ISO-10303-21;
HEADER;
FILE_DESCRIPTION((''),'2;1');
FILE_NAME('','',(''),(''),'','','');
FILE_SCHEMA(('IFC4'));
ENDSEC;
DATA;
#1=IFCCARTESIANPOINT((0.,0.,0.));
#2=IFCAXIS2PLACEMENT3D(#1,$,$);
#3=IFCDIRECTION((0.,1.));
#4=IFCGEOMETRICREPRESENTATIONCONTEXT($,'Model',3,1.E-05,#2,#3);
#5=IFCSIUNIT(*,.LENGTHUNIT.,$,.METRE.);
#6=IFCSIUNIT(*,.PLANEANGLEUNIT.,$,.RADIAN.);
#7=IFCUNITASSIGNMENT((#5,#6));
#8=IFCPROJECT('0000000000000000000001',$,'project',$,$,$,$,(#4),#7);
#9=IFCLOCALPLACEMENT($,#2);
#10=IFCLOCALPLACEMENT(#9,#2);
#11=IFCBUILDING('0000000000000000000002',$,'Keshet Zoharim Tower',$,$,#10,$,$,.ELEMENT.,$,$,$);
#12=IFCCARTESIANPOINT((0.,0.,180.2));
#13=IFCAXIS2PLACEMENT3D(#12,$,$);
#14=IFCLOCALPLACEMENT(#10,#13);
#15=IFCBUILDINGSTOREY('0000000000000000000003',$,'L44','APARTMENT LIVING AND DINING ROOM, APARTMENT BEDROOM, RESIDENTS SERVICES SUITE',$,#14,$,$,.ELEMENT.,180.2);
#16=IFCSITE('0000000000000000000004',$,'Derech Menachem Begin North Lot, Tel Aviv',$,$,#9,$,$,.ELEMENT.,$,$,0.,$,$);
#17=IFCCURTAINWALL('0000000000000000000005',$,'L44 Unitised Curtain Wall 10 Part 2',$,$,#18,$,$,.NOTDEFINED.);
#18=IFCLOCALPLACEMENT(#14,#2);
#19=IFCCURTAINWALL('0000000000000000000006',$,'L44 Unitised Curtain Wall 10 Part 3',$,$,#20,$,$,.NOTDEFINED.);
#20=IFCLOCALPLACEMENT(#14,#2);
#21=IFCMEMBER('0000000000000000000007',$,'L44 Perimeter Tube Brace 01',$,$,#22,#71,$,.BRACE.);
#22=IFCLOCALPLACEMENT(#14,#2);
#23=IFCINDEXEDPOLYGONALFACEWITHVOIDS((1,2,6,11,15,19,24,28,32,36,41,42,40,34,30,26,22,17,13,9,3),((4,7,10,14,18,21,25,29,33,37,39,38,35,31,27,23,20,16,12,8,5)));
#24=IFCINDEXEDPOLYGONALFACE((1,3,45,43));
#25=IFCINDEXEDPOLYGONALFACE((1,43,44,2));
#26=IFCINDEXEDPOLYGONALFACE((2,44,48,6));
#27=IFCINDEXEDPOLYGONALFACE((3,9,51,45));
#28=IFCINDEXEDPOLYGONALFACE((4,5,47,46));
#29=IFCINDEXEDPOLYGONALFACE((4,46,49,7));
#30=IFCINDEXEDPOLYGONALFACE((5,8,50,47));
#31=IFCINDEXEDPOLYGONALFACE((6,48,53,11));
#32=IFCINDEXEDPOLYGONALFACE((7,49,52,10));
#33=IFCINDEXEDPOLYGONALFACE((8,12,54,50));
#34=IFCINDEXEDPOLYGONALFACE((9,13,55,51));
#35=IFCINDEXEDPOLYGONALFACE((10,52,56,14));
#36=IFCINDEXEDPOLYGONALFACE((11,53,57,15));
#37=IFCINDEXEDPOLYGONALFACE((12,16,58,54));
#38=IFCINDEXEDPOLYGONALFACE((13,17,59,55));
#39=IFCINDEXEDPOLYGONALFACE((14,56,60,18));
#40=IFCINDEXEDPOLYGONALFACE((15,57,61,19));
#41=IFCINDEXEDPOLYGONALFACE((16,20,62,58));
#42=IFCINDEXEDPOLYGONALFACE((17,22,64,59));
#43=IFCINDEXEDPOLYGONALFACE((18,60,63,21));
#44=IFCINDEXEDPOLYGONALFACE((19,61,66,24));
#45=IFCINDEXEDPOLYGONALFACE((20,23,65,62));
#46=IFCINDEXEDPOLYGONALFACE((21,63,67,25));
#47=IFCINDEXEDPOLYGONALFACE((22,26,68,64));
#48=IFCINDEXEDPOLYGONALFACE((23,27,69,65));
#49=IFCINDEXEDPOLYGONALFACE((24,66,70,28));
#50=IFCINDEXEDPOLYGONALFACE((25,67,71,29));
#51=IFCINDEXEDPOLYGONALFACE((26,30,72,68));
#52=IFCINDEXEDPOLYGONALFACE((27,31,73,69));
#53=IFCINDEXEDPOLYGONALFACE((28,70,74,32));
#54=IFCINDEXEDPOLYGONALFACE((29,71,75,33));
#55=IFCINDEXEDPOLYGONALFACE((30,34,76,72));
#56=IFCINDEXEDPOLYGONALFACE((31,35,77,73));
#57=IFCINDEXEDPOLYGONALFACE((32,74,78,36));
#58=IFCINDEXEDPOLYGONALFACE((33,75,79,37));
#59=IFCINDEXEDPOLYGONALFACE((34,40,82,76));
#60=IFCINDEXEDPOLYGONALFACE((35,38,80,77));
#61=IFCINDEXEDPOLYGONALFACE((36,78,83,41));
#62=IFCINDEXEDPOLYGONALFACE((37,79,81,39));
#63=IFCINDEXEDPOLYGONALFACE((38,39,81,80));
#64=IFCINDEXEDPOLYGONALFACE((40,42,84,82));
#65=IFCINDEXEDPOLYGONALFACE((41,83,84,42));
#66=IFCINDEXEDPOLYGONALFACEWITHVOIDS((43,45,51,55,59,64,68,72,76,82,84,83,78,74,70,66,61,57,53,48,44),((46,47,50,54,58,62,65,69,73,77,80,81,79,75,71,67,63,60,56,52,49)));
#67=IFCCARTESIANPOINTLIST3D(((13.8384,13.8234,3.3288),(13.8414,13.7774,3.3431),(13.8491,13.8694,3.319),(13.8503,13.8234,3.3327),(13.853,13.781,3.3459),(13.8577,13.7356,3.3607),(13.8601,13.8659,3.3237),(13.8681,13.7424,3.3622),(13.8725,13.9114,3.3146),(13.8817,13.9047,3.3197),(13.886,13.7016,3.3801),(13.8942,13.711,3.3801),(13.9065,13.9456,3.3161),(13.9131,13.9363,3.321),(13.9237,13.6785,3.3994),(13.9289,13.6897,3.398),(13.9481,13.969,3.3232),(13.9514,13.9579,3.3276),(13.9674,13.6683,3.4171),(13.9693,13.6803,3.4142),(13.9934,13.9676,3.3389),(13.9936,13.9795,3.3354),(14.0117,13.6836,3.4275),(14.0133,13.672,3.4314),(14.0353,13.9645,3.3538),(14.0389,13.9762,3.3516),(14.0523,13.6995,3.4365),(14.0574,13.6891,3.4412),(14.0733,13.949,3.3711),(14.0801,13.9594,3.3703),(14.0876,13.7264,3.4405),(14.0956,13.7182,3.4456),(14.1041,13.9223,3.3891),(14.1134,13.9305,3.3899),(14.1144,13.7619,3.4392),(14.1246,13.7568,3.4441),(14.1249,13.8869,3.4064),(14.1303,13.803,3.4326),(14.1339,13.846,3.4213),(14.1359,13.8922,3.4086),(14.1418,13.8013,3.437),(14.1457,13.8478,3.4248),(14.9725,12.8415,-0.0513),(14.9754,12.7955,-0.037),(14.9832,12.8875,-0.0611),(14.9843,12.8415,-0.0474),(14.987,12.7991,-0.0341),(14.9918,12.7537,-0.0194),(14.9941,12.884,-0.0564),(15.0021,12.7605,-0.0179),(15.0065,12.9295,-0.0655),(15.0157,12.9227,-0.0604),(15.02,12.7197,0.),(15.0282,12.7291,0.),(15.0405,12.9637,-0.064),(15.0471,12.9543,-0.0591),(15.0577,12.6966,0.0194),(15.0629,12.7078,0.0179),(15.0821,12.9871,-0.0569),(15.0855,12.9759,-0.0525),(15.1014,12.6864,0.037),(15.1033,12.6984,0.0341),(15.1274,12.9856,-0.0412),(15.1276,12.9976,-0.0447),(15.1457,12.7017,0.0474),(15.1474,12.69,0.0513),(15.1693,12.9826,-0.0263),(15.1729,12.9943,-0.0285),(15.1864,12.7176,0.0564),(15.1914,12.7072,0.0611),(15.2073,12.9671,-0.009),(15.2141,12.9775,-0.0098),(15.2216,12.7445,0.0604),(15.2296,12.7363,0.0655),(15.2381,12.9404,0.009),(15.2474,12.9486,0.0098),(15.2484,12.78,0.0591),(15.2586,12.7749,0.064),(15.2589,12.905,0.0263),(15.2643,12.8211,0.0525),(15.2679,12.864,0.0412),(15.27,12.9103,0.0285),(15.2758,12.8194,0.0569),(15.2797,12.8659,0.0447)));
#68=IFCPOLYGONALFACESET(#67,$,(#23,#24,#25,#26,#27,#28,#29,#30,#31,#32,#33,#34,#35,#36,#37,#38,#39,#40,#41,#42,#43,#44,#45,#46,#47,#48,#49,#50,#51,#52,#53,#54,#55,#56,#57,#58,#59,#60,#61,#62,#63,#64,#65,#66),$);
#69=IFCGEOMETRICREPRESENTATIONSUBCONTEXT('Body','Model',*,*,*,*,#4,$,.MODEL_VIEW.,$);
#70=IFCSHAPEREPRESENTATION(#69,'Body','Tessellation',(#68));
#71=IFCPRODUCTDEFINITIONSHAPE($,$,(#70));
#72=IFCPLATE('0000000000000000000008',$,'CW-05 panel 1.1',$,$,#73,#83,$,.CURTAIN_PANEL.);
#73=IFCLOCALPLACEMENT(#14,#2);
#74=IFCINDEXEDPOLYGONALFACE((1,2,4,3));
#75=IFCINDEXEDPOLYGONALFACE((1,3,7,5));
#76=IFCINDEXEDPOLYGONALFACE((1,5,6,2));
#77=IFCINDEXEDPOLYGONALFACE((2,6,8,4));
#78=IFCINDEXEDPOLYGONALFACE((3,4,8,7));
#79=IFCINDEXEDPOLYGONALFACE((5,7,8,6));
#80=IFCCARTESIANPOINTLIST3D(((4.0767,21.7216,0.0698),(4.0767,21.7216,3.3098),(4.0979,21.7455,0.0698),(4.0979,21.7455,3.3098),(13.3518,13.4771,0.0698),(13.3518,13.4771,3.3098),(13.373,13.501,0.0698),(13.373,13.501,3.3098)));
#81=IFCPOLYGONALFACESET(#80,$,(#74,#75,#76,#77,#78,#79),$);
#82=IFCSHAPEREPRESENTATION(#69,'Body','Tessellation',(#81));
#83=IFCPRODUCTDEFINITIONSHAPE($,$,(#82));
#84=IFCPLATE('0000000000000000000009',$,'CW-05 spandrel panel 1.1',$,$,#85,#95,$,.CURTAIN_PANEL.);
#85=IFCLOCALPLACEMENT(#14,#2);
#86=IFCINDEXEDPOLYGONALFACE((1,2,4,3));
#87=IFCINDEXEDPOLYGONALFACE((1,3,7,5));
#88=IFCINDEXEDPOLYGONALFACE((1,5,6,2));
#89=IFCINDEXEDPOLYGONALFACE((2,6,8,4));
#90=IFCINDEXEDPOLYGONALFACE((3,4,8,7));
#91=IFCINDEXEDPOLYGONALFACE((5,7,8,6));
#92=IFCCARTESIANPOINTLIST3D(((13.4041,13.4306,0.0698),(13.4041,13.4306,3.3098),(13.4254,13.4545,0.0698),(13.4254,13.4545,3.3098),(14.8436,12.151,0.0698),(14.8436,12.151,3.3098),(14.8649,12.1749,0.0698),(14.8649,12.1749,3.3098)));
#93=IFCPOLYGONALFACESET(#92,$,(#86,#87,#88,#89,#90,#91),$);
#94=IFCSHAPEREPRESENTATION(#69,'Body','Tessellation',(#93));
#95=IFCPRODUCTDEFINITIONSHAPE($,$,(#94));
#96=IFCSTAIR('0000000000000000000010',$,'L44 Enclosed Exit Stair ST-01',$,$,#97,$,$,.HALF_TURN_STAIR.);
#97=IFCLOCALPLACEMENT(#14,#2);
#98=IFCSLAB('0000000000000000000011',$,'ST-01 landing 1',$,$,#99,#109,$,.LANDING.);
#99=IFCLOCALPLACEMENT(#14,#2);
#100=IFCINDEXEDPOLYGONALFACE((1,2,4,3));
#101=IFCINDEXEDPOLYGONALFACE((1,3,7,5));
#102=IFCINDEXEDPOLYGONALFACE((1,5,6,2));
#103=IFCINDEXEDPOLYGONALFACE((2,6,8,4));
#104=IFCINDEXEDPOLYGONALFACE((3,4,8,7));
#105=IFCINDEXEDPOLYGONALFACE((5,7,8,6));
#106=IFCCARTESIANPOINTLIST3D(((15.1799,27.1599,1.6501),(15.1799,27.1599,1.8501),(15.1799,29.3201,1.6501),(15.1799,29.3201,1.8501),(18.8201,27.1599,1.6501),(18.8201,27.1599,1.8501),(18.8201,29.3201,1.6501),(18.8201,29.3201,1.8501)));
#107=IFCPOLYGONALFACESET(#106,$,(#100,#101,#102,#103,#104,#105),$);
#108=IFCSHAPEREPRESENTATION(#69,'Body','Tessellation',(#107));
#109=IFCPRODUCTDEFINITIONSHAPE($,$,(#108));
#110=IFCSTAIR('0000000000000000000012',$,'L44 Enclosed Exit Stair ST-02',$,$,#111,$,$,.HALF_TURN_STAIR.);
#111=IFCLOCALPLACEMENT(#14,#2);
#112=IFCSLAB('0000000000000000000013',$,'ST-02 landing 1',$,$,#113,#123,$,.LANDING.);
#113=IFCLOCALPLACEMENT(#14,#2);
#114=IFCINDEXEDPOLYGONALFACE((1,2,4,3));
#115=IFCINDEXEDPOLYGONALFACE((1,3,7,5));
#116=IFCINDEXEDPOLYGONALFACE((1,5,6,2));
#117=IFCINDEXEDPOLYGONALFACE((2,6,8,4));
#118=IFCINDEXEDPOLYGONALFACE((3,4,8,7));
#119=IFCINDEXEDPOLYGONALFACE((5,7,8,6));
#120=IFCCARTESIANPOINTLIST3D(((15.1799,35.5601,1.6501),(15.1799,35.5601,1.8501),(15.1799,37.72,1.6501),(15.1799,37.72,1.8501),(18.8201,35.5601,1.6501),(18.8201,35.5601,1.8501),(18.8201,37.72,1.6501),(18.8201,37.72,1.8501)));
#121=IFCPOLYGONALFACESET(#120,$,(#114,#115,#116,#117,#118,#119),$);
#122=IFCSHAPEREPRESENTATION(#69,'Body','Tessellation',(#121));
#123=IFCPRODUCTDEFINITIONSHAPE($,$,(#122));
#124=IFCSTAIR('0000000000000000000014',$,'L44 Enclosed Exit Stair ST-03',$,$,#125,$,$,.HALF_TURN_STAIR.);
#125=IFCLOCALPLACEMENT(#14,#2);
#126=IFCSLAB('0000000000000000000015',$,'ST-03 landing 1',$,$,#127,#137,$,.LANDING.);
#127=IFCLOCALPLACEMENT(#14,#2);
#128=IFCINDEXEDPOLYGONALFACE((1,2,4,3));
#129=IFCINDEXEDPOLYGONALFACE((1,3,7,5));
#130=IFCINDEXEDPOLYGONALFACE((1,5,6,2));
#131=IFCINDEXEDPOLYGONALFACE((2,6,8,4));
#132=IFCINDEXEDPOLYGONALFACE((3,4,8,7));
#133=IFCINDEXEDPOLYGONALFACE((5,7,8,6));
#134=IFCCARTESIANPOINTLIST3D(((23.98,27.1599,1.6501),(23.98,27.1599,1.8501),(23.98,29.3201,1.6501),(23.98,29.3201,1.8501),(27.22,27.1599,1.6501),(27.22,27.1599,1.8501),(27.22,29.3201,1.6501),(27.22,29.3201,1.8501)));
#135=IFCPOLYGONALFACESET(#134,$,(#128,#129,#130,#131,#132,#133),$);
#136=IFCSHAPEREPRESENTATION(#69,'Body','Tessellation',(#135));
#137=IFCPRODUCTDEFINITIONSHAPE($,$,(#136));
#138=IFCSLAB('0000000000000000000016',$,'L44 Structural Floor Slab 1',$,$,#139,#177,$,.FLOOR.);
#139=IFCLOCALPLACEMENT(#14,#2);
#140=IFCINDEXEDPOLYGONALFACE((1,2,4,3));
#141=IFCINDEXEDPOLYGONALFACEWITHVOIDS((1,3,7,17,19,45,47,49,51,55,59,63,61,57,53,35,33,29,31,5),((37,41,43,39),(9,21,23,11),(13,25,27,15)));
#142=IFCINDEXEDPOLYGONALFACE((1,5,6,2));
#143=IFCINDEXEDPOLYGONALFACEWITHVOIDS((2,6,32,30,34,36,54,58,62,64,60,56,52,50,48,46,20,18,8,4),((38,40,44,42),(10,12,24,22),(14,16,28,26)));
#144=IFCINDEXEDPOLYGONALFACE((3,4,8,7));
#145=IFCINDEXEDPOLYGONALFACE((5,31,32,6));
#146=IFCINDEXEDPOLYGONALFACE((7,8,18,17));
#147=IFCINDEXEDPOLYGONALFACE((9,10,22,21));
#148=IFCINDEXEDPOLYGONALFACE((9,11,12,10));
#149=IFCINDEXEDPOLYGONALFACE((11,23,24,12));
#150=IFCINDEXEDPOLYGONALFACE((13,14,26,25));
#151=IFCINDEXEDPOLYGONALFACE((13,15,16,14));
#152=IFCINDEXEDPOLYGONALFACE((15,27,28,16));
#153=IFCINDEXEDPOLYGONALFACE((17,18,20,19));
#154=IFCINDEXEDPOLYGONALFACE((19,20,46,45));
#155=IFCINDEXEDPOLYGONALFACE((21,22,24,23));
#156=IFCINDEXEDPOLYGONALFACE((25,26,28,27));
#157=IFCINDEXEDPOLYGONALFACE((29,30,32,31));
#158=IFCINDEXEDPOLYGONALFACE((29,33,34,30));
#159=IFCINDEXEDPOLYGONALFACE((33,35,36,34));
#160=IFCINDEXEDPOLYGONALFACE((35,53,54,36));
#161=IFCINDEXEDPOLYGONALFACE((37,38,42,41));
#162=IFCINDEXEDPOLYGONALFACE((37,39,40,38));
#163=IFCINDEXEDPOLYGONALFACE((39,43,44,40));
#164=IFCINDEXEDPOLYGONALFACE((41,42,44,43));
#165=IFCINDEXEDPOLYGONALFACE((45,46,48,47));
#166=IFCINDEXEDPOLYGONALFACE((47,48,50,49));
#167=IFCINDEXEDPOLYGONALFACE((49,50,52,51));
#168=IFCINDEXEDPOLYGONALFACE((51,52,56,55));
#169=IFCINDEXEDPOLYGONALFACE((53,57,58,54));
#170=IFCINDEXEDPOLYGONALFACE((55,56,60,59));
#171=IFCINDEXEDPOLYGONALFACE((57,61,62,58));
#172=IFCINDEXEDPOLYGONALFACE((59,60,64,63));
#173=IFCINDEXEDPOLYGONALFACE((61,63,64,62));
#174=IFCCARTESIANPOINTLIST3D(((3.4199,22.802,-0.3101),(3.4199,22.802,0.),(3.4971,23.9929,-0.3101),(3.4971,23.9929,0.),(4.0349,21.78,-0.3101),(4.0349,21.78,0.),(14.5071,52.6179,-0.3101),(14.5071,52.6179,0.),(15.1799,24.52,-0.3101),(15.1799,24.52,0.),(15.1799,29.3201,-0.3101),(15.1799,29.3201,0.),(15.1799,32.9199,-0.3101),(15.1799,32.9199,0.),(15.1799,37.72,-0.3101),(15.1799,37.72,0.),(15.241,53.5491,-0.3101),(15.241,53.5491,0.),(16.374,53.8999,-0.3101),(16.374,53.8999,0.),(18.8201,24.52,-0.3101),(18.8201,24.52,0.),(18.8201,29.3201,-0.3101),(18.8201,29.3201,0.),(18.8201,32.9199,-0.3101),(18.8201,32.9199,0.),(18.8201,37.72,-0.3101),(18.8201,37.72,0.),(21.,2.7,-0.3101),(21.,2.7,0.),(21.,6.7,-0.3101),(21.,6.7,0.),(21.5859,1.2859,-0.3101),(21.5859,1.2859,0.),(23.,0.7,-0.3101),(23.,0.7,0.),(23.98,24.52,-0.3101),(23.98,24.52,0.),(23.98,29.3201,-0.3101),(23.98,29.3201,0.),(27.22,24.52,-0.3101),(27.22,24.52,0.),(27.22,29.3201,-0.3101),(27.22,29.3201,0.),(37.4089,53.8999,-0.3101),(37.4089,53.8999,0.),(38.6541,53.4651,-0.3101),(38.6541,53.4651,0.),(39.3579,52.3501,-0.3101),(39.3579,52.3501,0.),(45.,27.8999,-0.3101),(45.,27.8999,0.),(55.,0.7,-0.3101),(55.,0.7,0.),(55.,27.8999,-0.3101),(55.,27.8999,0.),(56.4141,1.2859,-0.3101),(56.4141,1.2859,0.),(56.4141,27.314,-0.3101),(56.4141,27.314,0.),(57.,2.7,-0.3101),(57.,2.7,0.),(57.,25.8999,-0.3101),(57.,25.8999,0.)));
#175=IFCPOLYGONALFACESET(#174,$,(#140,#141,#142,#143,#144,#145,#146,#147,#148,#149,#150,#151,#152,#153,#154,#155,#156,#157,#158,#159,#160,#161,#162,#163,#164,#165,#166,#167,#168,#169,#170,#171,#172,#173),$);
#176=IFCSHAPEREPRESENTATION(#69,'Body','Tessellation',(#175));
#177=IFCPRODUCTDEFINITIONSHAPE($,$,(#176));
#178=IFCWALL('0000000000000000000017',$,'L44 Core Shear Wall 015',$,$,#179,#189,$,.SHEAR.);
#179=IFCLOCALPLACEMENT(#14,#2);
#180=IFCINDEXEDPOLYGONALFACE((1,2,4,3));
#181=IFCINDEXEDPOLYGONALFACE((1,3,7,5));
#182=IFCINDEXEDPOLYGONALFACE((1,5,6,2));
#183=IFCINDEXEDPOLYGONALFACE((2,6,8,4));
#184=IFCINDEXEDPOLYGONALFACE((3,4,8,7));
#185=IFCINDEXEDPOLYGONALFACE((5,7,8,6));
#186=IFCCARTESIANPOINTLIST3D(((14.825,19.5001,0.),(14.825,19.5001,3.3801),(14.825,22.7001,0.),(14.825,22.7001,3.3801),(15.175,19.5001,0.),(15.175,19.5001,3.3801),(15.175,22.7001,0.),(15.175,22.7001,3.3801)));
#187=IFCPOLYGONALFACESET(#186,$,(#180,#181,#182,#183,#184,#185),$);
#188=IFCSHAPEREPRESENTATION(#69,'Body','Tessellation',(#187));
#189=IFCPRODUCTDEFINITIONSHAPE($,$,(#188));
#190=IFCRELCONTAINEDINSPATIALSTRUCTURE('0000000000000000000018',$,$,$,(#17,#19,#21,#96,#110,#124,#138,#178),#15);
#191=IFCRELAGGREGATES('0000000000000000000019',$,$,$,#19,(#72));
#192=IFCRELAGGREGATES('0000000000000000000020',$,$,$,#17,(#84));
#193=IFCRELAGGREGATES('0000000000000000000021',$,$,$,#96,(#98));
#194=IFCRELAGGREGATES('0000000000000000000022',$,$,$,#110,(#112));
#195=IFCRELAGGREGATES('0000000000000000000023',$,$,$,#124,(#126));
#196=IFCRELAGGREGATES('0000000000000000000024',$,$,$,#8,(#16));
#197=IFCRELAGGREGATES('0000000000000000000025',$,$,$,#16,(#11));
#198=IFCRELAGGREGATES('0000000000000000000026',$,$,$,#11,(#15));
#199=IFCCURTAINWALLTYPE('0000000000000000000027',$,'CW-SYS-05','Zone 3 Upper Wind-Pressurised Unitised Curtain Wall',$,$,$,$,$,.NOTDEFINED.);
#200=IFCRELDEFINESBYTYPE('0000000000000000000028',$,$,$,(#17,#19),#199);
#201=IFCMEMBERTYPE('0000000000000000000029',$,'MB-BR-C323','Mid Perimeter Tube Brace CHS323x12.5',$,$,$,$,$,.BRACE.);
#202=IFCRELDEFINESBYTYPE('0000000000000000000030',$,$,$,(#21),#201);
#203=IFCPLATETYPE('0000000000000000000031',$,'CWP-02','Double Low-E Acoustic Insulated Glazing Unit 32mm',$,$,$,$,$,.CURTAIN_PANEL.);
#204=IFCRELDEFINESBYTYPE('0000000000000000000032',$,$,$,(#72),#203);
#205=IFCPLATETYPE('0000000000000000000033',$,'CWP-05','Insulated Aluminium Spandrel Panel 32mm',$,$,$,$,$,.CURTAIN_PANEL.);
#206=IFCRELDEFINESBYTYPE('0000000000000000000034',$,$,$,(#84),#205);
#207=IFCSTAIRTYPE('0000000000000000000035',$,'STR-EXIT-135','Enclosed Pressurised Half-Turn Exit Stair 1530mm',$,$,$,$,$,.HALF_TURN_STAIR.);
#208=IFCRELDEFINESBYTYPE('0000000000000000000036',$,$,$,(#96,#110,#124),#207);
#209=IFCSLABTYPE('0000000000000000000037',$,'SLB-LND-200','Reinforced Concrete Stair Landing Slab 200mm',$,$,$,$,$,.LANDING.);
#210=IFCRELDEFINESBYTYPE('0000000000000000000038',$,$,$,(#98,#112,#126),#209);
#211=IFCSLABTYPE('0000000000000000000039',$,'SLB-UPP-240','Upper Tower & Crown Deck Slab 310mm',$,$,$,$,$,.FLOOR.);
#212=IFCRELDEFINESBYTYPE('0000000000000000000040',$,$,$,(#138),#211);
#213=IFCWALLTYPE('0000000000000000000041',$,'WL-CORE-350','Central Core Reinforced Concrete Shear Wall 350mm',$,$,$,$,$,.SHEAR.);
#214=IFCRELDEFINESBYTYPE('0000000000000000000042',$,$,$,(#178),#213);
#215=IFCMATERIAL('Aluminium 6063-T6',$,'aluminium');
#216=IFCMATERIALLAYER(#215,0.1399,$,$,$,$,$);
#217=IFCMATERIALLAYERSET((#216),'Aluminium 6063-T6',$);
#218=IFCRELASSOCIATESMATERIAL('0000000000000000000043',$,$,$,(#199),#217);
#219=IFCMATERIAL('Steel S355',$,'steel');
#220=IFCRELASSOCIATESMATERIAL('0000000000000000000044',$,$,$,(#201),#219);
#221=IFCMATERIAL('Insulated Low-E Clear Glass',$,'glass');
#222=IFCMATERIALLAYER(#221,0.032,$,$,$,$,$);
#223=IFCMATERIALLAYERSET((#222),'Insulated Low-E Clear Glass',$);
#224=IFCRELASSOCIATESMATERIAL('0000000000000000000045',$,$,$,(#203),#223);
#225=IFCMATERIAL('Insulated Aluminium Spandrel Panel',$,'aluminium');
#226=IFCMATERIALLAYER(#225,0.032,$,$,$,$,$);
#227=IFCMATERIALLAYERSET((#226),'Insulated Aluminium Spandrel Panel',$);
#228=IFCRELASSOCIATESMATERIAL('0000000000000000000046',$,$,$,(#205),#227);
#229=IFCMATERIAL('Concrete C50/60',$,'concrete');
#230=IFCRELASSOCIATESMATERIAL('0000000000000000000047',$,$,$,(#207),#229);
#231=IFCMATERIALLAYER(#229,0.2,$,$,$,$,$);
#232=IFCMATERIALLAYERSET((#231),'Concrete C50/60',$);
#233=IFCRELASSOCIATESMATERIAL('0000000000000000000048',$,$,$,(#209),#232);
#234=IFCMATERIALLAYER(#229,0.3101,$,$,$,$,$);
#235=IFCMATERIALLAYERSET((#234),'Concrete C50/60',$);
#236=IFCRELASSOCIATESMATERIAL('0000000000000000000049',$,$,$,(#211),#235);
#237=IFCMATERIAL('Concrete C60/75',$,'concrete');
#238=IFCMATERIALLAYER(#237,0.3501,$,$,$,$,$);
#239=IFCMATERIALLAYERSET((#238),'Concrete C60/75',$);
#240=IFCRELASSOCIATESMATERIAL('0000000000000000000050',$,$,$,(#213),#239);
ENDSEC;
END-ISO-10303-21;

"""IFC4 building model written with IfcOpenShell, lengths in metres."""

from ifc_helpers import new_model, si_unit, direction, frame, frame_2d, origin, origin_2d, place, context, subcontext, project, spatial, polyline, rectangle, hollow_circle, outline, extrude, material, layer, layer_set, material_profile, profile_set, type_object, element, aggregate, save


model = new_model("IFC4")

# Units and contexts
model_context = context("Model", 3, precision=1e-05, world=origin(), true_north=direction((0.0, 1.0)))
body_context = subcontext(model_context, "Body", "Model", "MODEL_VIEW")
ifc_project = project(units=[si_unit("LENGTHUNIT", "METRE"), si_unit("PLANEANGLEUNIT", "RADIAN")], contexts=[model_context])

# Site, building, storey
site_placement = place(None, origin())
site = spatial("IfcSite", under=ifc_project, at=site_placement, Name="Derech Menachem Begin North Lot, Tel Aviv", CompositionType="ELEMENT", RefElevation=0.0)
building_placement = place(site_placement, origin())
building = spatial("IfcBuilding", under=site, at=building_placement, Name="Keshet Zoharim Tower", CompositionType="ELEMENT")
storey_placement = place(building_placement, frame((0.0, 0.0, 180.2)))
storey = spatial("IfcBuildingStorey", under=building, at=storey_placement, Name="L44", Description="APARTMENT LIVING AND DINING ROOM, APARTMENT BEDROOM, RESIDENTS SERVICES SUITE", CompositionType="ELEMENT", Elevation=180.2)

# Shared definitions
ifc_material_1 = material(Name="Steel S355", Category="steel")
ifc_material_2 = material(Name="Concrete C60/75", Category="concrete")

# Shared definitions
ifc_material_3 = material(Name="Concrete C50/60", Category="concrete")

# Shared definitions
ifc_material_4 = material(Name="Aluminium 6063-T6", Category="aluminium")
ifc_layer_1 = layer(ifc_material_4, 0.1399)
ifc_layer_set_1 = layer_set([ifc_layer_1], Name="Aluminium 6063-T6")
curtain_wall_type = type_object("IfcCurtainWallType", Name="CW-SYS-05", Description="Zone 3 Upper Wind-Pressurised Unitised Curtain Wall", PredefinedType="NOTDEFINED", material=ifc_layer_set_1)

# Curtain walls
curtain_wall_1_placement = place(storey_placement, origin())
curtain_wall_1 = element("IfcCurtainWall", 1, at=curtain_wall_1_placement, inside=storey, type_object=curtain_wall_type, Name="L44 Unitised Curtain Wall 10 Part 2", PredefinedType="NOTDEFINED")
curtain_wall_2_placement = place(storey_placement, origin())
curtain_wall_2 = element("IfcCurtainWall", 2, at=curtain_wall_2_placement, inside=storey, type_object=curtain_wall_type, Name="L44 Unitised Curtain Wall 10 Part 3", PredefinedType="NOTDEFINED")

# Member
ifc_material_profile_1 = material_profile(ifc_material_1, hollow_circle(Radius=0.1619, WallThickness=0.0125, at=origin_2d()), Name="CHS323x12.5")
ifc_profile_set_1 = profile_set([ifc_material_profile_1], Name="Steel S355")
member_type_1 = type_object("IfcMemberType", Name="MB-BR-C323", Description="Mid Perimeter Tube Brace CHS323x12.5", PredefinedType="BRACE", material=ifc_profile_set_1)
member_1_placement = place(storey_placement, frame((15.126, 12.842, 0.0), z_axis=(-0.306658, 0.265528, 0.914033), x_axis=(-0.65459, -0.755984, 0.0)))
element("IfcMember", 3, at=member_1_placement, inside=storey, type_object=member_type_1, Name="L44 Perimeter Tube Brace 01", PredefinedType="BRACE", context=body_context, shape_type="SweptSolid", body=[
    extrude(hollow_circle(Radius=0.1619, WallThickness=0.0125, at=origin_2d()), origin(), (0.0, 0.0, 1.0), 3.698),
])

# Plates
ifc_material_5 = material(Name="Insulated Low-E Clear Glass", Category="glass")
ifc_layer_2 = layer(ifc_material_5, 0.032)
ifc_layer_set_2 = layer_set([ifc_layer_2], Name="Insulated Low-E Clear Glass")
plate_type_1 = type_object("IfcPlateType", Name="CWP-02", Description="Double Low-E Acoustic Insulated Glazing Unit 32mm", PredefinedType="CURTAIN_PANEL", material=ifc_layer_set_2)
plate_1_placement = place(storey_placement, frame((8.7249, 17.6113, 0.0698), z_axis=(0.0, 0.0, 1.0), x_axis=(-0.74741, 0.664363, 0.0)))
plate_1 = element("IfcPlate", 4, at=plate_1_placement, type_object=plate_type_1, Name="CW-05 panel 1.1", PredefinedType="CURTAIN_PANEL", context=body_context, shape_type="SweptSolid", body=[
    extrude(rectangle(XDim=12.4097, YDim=0.032, at=origin_2d()), origin(), (0.0, 0.0, 1.0), 3.24),
])
aggregate(curtain_wall_2, [plate_1])
ifc_material_6 = material(Name="Insulated Aluminium Spandrel Panel", Category="aluminium")
ifc_layer_3 = layer(ifc_material_6, 0.032)
ifc_layer_set_3 = layer_set([ifc_layer_3], Name="Insulated Aluminium Spandrel Panel")
plate_type_2 = type_object("IfcPlateType", Name="CWP-05", Description="Insulated Aluminium Spandrel Panel 32mm", PredefinedType="CURTAIN_PANEL", material=ifc_layer_set_3)
plate_2_placement = place(storey_placement, frame((14.1345, 12.8027, 0.0698), z_axis=(0.0, 0.0, 1.0), x_axis=(-0.747395, 0.664379, 0.0)))
plate_2 = element("IfcPlate", 5, at=plate_2_placement, type_object=plate_type_2, Name="CW-05 spandrel panel 1.1", PredefinedType="CURTAIN_PANEL", context=body_context, shape_type="SweptSolid", body=[
    extrude(rectangle(XDim=1.926, YDim=0.032, at=origin_2d()), origin(), (0.0, 0.0, 1.0), 3.24),
])
aggregate(curtain_wall_1, [plate_2])

# Stairs, slabs
stair_type = type_object("IfcStairType", Name="STR-EXIT-135", Description="Enclosed Pressurised Half-Turn Exit Stair 1530mm", PredefinedType="HALF_TURN_STAIR", material=ifc_material_3)
stair_1_placement = place(storey_placement, origin())
stair_1 = element("IfcStair", 6, at=stair_1_placement, inside=storey, type_object=stair_type, Name="L44 Enclosed Exit Stair ST-01", PredefinedType="HALF_TURN_STAIR")
ifc_layer_4 = layer(ifc_material_3, 0.2)
ifc_layer_set_4 = layer_set([ifc_layer_4], Name="Concrete C50/60")
slab_type_1 = type_object("IfcSlabType", Name="SLB-LND-200", Description="Reinforced Concrete Stair Landing Slab 200mm", PredefinedType="LANDING", material=ifc_layer_set_4)
slab_1_placement = place(storey_placement, frame((0.0, 0.0, 1.6501)))
slab_1 = element("IfcSlab", 7, at=slab_1_placement, type_object=slab_type_1, Name="ST-01 landing 1", PredefinedType="LANDING", context=body_context, shape_type="SweptSolid", body=[
    extrude(outline(polyline([(15.1799, 27.1599), (18.8201, 27.1599), (18.8201, 29.3201), (15.1799, 29.3201), (15.1799, 27.1599)])), origin(), (0.0, 0.0, 1.0), 0.2),
])
aggregate(stair_1, [slab_1])
stair_2_placement = place(storey_placement, origin())
stair_2 = element("IfcStair", 8, at=stair_2_placement, inside=storey, type_object=stair_type, Name="L44 Enclosed Exit Stair ST-02", PredefinedType="HALF_TURN_STAIR")
slab_2_placement = place(storey_placement, frame((0.0, 0.0, 1.6501)))
slab_2 = element("IfcSlab", 9, at=slab_2_placement, type_object=slab_type_1, Name="ST-02 landing 1", PredefinedType="LANDING", context=body_context, shape_type="SweptSolid", body=[
    extrude(outline(polyline([(15.1799, 35.5601), (18.8201, 35.5601), (18.8201, 37.72), (15.1799, 37.72), (15.1799, 35.5601)])), origin(), (0.0, 0.0, 1.0), 0.2),
])
aggregate(stair_2, [slab_2])
stair_3_placement = place(storey_placement, origin())
stair_3 = element("IfcStair", 10, at=stair_3_placement, inside=storey, type_object=stair_type, Name="L44 Enclosed Exit Stair ST-03", PredefinedType="HALF_TURN_STAIR")
slab_3_placement = place(storey_placement, frame((0.0, 0.0, 1.6501)))
slab_3 = element("IfcSlab", 11, at=slab_3_placement, type_object=slab_type_1, Name="ST-03 landing 1", PredefinedType="LANDING", context=body_context, shape_type="SweptSolid", body=[
    extrude(outline(polyline([(23.98, 27.1599), (27.22, 27.1599), (27.22, 29.3201), (23.98, 29.3201), (23.98, 27.1599)])), origin(), (0.0, 0.0, 1.0), 0.2),
])
aggregate(stair_3, [slab_3])

# Slab
ifc_layer_5 = layer(ifc_material_3, 0.3101)
ifc_layer_set_5 = layer_set([ifc_layer_5], Name="Concrete C50/60")
slab_type_2 = type_object("IfcSlabType", Name="SLB-UPP-240", Description="Upper Tower & Crown Deck Slab 310mm", PredefinedType="FLOOR", material=ifc_layer_set_5)
slab_4_placement = place(storey_placement, frame((0.0, 0.0, -0.3101)))
element("IfcSlab", 12, at=slab_4_placement, inside=storey, type_object=slab_type_2, Name="L44 Structural Floor Slab 1", PredefinedType="FLOOR", context=body_context, shape_type="SweptSolid", body=[
    extrude(outline(polyline([(55.0, 27.8999), (56.4141, 27.314), (57.0, 25.8999), (57.0, 2.7), (56.4141, 1.2859), (55.0, 0.7), (23.0, 0.7), (21.5859, 1.2859), (21.0, 2.7), (21.0, 6.7), (4.0349, 21.78), (3.4199, 22.802), (3.4971, 23.9929), (14.5071, 52.6179), (15.241, 53.5491), (16.374, 53.8999), (37.4089, 53.8999), (38.6541, 53.4651), (39.3579, 52.3501), (45.0, 27.8999), (55.0, 27.8999)]), holes=[polyline([(15.1799, 24.52), (18.8201, 24.52), (18.8201, 29.3201), (15.1799, 29.3201), (15.1799, 24.52)]), polyline([(15.1799, 32.9199), (18.8201, 32.9199), (18.8201, 37.72), (15.1799, 37.72), (15.1799, 32.9199)]), polyline([(23.98, 24.52), (27.22, 24.52), (27.22, 29.3201), (23.98, 29.3201), (23.98, 24.52)])]), origin(), (0.0, 0.0, 1.0), 0.3101),
])

# Wall
ifc_layer_6 = layer(ifc_material_2, 0.3501)
ifc_layer_set_6 = layer_set([ifc_layer_6], Name="Concrete C60/75")
wall_type_1 = type_object("IfcWallType", Name="WL-CORE-350", Description="Central Core Reinforced Concrete Shear Wall 350mm", PredefinedType="SHEAR", material=ifc_layer_set_6)
wall_1_placement = place(storey_placement, frame((15.0, 19.5, 0.0), z_axis=(0.0, 0.0, 1.0), x_axis=(0.0, 1.0, 0.0)))
element("IfcWall", 13, at=wall_1_placement, inside=storey, type_object=wall_type_1, Name="L44 Core Shear Wall 015", PredefinedType="SHEAR", context=body_context, shape_type="SweptSolid", body=[
    extrude(rectangle(XDim=3.2, YDim=0.3501, at=frame_2d((1.6001, 0.0))), origin(), (0.0, 0.0, 1.0), 3.3801),
])

save(model, "model.ifc")
